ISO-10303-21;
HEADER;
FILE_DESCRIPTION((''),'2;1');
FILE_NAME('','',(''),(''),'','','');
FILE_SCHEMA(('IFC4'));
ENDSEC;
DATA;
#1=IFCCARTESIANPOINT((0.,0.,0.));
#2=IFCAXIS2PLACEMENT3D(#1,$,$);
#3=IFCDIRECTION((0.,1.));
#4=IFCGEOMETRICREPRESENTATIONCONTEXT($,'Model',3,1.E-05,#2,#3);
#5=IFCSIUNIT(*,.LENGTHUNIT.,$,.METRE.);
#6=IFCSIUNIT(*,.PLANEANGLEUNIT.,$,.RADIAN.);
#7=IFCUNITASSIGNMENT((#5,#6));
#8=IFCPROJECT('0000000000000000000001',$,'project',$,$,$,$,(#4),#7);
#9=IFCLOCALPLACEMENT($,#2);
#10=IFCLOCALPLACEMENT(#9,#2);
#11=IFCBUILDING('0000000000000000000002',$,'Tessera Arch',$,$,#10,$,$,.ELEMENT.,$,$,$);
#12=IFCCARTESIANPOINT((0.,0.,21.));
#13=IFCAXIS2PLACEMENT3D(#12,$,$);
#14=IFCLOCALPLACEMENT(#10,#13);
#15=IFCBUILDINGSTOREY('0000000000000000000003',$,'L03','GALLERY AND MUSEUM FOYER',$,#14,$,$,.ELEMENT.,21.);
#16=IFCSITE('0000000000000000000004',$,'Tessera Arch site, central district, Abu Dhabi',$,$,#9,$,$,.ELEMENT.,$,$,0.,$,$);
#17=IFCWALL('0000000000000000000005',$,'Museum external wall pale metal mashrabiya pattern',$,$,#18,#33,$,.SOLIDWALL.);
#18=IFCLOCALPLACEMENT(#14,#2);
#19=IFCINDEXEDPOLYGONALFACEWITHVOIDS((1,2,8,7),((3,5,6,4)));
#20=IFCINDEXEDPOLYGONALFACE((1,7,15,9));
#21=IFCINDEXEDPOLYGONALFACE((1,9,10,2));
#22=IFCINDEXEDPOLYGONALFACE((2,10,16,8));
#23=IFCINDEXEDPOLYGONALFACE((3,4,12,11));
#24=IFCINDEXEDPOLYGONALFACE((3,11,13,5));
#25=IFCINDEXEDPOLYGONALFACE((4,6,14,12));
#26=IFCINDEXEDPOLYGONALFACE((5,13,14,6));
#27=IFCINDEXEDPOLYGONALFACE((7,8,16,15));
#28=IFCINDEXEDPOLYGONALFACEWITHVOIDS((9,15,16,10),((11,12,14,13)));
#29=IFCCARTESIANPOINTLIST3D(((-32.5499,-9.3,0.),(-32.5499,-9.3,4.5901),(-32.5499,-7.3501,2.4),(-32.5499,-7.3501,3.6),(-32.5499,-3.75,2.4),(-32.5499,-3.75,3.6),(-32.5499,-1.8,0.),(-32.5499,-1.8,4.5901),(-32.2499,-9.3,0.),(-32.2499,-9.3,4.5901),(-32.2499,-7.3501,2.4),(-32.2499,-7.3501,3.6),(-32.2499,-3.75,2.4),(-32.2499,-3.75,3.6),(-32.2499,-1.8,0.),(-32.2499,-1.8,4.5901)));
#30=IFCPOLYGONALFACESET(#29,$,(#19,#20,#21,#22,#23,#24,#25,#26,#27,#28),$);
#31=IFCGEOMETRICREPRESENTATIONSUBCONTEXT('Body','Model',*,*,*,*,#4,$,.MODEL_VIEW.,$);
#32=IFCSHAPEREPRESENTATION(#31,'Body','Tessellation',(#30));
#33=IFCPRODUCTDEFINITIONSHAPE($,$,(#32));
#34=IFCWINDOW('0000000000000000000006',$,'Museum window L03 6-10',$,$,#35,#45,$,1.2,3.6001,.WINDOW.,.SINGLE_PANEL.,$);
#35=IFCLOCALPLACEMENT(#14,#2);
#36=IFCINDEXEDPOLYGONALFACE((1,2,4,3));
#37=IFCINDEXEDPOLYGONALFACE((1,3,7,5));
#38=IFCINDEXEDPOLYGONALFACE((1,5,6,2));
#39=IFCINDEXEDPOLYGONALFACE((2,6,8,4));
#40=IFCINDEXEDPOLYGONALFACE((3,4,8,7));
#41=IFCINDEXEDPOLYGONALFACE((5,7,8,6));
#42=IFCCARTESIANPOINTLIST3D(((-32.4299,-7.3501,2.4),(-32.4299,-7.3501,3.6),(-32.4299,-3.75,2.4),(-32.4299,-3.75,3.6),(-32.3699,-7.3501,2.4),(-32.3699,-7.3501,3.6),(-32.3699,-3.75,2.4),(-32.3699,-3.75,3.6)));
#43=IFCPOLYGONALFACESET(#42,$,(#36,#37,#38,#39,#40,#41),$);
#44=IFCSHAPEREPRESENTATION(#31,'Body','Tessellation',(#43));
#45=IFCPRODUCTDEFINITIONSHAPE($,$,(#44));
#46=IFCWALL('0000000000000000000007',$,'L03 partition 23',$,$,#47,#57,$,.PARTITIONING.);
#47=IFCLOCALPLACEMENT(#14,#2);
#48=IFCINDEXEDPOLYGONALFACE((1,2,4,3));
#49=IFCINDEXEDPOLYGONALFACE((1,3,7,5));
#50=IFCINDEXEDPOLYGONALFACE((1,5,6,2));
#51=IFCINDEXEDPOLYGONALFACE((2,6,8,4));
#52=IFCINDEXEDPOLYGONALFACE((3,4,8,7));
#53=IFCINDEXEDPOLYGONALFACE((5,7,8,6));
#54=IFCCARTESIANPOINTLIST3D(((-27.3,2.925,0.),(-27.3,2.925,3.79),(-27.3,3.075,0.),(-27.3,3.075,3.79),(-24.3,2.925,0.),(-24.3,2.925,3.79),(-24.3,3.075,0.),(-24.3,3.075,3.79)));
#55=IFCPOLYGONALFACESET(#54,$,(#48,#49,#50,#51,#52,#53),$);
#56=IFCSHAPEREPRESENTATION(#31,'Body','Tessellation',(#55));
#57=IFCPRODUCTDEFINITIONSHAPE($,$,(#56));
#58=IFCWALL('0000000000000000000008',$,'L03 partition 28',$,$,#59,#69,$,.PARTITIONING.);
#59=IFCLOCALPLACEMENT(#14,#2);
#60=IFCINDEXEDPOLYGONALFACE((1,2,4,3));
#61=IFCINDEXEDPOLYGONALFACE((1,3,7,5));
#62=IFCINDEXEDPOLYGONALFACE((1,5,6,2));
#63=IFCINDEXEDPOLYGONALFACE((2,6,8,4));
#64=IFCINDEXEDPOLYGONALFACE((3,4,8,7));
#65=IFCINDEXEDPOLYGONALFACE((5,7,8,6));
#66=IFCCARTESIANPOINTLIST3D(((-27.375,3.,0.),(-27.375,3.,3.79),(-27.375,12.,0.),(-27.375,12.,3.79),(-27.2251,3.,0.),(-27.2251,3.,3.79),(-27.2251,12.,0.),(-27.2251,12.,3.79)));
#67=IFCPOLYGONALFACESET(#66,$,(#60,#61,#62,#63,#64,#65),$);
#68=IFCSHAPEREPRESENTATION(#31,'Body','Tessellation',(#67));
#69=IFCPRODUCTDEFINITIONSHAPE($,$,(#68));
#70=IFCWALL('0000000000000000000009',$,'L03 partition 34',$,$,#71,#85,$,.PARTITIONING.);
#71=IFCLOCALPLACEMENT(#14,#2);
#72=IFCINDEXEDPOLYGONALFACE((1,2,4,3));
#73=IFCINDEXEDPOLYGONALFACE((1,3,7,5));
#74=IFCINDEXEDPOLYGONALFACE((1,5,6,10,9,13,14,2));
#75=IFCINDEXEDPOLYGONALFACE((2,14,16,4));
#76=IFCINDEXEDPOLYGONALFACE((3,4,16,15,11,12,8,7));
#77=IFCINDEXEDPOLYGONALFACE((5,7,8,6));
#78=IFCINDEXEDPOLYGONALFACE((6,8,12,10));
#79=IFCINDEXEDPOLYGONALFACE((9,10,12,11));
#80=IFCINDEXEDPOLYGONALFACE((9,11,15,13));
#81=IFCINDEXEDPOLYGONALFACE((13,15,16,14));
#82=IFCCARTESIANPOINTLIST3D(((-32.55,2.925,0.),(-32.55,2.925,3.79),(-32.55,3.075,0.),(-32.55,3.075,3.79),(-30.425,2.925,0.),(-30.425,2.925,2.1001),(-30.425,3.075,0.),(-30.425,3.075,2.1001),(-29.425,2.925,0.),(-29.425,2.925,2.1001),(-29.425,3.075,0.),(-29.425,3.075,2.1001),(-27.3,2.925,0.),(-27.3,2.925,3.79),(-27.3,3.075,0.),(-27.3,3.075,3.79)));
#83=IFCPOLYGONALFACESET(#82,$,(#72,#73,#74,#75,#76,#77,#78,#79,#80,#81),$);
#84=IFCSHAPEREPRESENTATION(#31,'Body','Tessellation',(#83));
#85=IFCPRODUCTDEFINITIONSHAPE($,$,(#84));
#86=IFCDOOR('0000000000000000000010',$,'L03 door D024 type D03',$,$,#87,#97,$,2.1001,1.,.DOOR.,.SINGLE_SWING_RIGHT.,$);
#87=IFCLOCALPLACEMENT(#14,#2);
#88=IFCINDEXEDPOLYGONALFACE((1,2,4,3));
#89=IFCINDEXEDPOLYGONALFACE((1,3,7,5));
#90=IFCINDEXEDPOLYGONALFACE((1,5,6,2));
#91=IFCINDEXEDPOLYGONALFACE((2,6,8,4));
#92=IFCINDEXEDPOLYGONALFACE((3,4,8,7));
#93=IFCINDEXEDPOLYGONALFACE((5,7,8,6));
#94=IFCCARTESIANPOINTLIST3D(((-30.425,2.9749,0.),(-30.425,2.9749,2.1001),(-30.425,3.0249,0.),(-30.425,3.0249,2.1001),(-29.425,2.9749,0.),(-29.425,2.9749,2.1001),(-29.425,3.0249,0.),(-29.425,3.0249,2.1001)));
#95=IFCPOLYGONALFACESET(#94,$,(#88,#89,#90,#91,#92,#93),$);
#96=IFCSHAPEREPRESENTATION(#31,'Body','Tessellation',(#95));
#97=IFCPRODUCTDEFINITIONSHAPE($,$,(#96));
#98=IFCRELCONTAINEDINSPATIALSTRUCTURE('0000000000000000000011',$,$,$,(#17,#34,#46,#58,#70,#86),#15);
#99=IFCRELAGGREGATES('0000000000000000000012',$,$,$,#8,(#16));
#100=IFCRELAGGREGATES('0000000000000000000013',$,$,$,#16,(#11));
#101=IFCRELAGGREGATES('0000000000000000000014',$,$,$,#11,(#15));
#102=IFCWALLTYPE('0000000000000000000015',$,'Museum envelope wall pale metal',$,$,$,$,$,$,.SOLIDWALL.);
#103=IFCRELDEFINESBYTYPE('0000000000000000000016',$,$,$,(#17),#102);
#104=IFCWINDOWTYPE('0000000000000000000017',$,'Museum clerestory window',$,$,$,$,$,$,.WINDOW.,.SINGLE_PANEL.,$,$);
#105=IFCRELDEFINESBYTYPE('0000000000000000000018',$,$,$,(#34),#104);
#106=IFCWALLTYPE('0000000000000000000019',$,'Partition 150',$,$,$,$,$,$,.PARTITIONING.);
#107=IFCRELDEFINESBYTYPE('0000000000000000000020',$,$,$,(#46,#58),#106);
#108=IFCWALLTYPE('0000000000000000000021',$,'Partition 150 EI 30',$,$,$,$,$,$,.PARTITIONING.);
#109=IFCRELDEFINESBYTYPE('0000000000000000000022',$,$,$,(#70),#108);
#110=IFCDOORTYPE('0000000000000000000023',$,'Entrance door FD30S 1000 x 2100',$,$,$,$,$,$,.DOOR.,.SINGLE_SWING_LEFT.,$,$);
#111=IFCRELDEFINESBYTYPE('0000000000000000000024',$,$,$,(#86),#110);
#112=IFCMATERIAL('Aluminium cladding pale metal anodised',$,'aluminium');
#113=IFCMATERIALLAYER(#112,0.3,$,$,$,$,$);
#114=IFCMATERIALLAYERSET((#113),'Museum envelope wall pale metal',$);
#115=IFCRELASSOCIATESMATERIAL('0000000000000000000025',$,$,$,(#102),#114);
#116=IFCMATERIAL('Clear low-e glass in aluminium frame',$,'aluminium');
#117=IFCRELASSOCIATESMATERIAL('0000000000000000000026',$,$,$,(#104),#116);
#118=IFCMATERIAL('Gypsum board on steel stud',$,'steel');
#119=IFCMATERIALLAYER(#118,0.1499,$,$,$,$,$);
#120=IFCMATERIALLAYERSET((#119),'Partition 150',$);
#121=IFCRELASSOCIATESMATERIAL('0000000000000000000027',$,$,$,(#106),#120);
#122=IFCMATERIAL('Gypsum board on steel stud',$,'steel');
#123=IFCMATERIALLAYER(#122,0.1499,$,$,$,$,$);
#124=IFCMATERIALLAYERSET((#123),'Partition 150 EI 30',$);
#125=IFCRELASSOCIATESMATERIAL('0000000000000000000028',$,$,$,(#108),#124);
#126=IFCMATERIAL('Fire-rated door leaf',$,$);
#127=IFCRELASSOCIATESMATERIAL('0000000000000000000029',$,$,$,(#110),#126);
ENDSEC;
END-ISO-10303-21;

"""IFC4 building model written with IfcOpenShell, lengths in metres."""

from ifc_helpers import new_model, si_unit, direction, frame, frame_2d, origin, place, context, subcontext, project, spatial, rectangle, extrude, material, layer, layer_set, type_object, element, fill, save


model = new_model("IFC4")

# Units and contexts
model_context = context("Model", 3, precision=1e-05, world=origin(), true_north=direction((0.0, 1.0)))
body_context = subcontext(model_context, "Body", "Model", "MODEL_VIEW")
ifc_project = project(units=[si_unit("LENGTHUNIT", "METRE"), si_unit("PLANEANGLEUNIT", "RADIAN")], contexts=[model_context])

# Site, building, storey
site_placement = place(None, origin())
site = spatial("IfcSite", under=ifc_project, at=site_placement, Name="Tessera Arch site, central district, Abu Dhabi", CompositionType="ELEMENT", RefElevation=0.0)
building_placement = place(site_placement, origin())
building = spatial("IfcBuilding", under=site, at=building_placement, Name="Tessera Arch", CompositionType="ELEMENT")
storey_placement = place(building_placement, frame((0.0, 0.0, 21.0)))
storey = spatial("IfcBuildingStorey", under=building, at=storey_placement, Name="L03", Description="GALLERY AND MUSEUM FOYER", CompositionType="ELEMENT", Elevation=21.0)

# Wall, opening, window
ifc_material_1 = material(Name="Aluminium cladding pale metal anodised", Category="aluminium")
ifc_layer_1 = layer(ifc_material_1, 0.3)
ifc_layer_set_1 = layer_set([ifc_layer_1], Name="Museum envelope wall pale metal")
wall_type_1 = type_object("IfcWallType", Name="Museum envelope wall pale metal", PredefinedType="SOLIDWALL", material=ifc_layer_set_1)
ifc_material_2 = material(Name="Clear low-e glass in aluminium frame", Category="aluminium")
window_type = type_object("IfcWindowType", Name="Museum clerestory window", PartitioningType="SINGLE_PANEL", PredefinedType="WINDOW", material=ifc_material_2)
wall_1_placement = place(storey_placement, frame((-32.3999, -1.8, 0.0), z_axis=(0.0, 0.0, 1.0), x_axis=(0.0, -1.0, 0.0)))
wall_1 = element("IfcWall", 1, at=wall_1_placement, inside=storey, type_object=wall_type_1, Name="Museum external wall pale metal mashrabiya pattern", PredefinedType="SOLIDWALL", context=body_context, shape_type="SweptSolid", body=[
    extrude(rectangle(XDim=7.5, YDim=0.3, at=frame_2d((3.75, 0.0))), origin(), (0.0, 0.0, 1.0), 4.5901),
])
opening_1_placement = place(wall_1_placement, frame((1.95, 0.0, 2.3999)))
opening_1 = element("IfcOpeningElement", 2, at=opening_1_placement, cuts=wall_1, PredefinedType="OPENING", context=body_context, shape_type="SweptSolid", body=[
    extrude(rectangle(XDim=3.6001, YDim=1.2, at=frame_2d((1.8, 0.6001))), frame((0.0, 0.1599, 0.0), z_axis=(0.0, -1.0, 0.0), x_axis=(1.0, 0.0, 0.0)), (0.0, 0.0, 1.0), 0.3201),
])
window_1_placement = place(opening_1_placement, origin())
window_1 = element("IfcWindow", 3, at=window_1_placement, inside=storey, type_object=window_type, Name="Museum window L03 6-10", OverallHeight=1.2, OverallWidth=3.6001, PartitioningType="SINGLE_PANEL", PredefinedType="WINDOW", context=body_context, shape_type="SweptSolid", body=[
    extrude(rectangle(XDim=3.6001, YDim=1.2, at=frame_2d((1.8, 0.6001))), frame((0.0, 0.03, 0.0), z_axis=(0.0, -1.0, 0.0), x_axis=(1.0, 0.0, 0.0)), (0.0, 0.0, 1.0), 0.0601),
])
fill(opening_1, window_1)

# Walls
ifc_material_3 = material(Name="Gypsum board on steel stud", Category="steel")
ifc_layer_2 = layer(ifc_material_3, 0.1499)
ifc_layer_set_2 = layer_set([ifc_layer_2], Name="Partition 150")
wall_type_2 = type_object("IfcWallType", Name="Partition 150", PredefinedType="PARTITIONING", material=ifc_layer_set_2)
wall_2_placement = place(storey_placement, frame((-27.3, 3.0, 0.0), z_axis=(0.0, 0.0, 1.0), x_axis=(1.0, 0.0, 0.0)))
element("IfcWall", 4, at=wall_2_placement, inside=storey, type_object=wall_type_2, Name="L03 partition 23", PredefinedType="PARTITIONING", context=body_context, shape_type="SweptSolid", body=[
    extrude(rectangle(XDim=3.0, YDim=0.1499, at=frame_2d((1.5, 0.0))), origin(), (0.0, 0.0, 1.0), 3.79),
])
wall_3_placement = place(storey_placement, frame((-27.3, 3.0, 0.0), z_axis=(0.0, 0.0, 1.0), x_axis=(0.0, 1.0, 0.0)))
element("IfcWall", 5, at=wall_3_placement, inside=storey, type_object=wall_type_2, Name="L03 partition 28", PredefinedType="PARTITIONING", context=body_context, shape_type="SweptSolid", body=[
    extrude(rectangle(XDim=9.0, YDim=0.1499, at=frame_2d((4.5, 0.0))), origin(), (0.0, 0.0, 1.0), 3.79),
])

# Wall, opening, door
ifc_material_4 = material(Name="Gypsum board on steel stud", Category="steel")
ifc_layer_3 = layer(ifc_material_4, 0.1499)
ifc_layer_set_3 = layer_set([ifc_layer_3], Name="Partition 150 EI 30")
wall_type_3 = type_object("IfcWallType", Name="Partition 150 EI 30", PredefinedType="PARTITIONING", material=ifc_layer_set_3)
wall_4_placement = place(storey_placement, frame((-32.55, 3.0, 0.0), z_axis=(0.0, 0.0, 1.0), x_axis=(1.0, 0.0, 0.0)))
wall_4 = element("IfcWall", 6, at=wall_4_placement, inside=storey, type_object=wall_type_3, Name="L03 partition 34", PredefinedType="PARTITIONING", context=body_context, shape_type="SweptSolid", body=[
    extrude(rectangle(XDim=5.25, YDim=0.1499, at=frame_2d((2.625, 0.0))), origin(), (0.0, 0.0, 1.0), 3.79),
])
opening_2_placement = place(wall_4_placement, frame((2.125, 0.0, 0.0)))
opening_2 = element("IfcOpeningElement", 7, at=opening_2_placement, cuts=wall_4, PredefinedType="OPENING", context=body_context, shape_type="SweptSolid", body=[
    extrude(rectangle(XDim=1.0, YDim=2.1001, at=frame_2d((0.5, 1.05))), frame((0.0, 0.085, 0.0), z_axis=(0.0, -1.0, 0.0), x_axis=(1.0, 0.0, 0.0)), (0.0, 0.0, 1.0), 0.1699),
])
ifc_material_5 = material(Name="Fire-rated door leaf")
door_type = type_object("IfcDoorType", Name="Entrance door FD30S 1000 x 2100", OperationType="SINGLE_SWING_LEFT", PredefinedType="DOOR", material=ifc_material_5)
door_placement = place(opening_2_placement, origin())
door = element("IfcDoor", 8, at=door_placement, inside=storey, type_object=door_type, Name="L03 door D024 type D03", OperationType="SINGLE_SWING_RIGHT", OverallHeight=2.1001, OverallWidth=1.0, PredefinedType="DOOR", context=body_context, shape_type="SweptSolid", body=[
    extrude(rectangle(XDim=1.0, YDim=2.1001, at=frame_2d((0.5, 1.05))), frame((0.0, 0.0249, 0.0), z_axis=(0.0, -1.0, 0.0), x_axis=(1.0, 0.0, 0.0)), (0.0, 0.0, 1.0), 0.05),
])
fill(opening_2, door)

save(model, "model.ifc")
